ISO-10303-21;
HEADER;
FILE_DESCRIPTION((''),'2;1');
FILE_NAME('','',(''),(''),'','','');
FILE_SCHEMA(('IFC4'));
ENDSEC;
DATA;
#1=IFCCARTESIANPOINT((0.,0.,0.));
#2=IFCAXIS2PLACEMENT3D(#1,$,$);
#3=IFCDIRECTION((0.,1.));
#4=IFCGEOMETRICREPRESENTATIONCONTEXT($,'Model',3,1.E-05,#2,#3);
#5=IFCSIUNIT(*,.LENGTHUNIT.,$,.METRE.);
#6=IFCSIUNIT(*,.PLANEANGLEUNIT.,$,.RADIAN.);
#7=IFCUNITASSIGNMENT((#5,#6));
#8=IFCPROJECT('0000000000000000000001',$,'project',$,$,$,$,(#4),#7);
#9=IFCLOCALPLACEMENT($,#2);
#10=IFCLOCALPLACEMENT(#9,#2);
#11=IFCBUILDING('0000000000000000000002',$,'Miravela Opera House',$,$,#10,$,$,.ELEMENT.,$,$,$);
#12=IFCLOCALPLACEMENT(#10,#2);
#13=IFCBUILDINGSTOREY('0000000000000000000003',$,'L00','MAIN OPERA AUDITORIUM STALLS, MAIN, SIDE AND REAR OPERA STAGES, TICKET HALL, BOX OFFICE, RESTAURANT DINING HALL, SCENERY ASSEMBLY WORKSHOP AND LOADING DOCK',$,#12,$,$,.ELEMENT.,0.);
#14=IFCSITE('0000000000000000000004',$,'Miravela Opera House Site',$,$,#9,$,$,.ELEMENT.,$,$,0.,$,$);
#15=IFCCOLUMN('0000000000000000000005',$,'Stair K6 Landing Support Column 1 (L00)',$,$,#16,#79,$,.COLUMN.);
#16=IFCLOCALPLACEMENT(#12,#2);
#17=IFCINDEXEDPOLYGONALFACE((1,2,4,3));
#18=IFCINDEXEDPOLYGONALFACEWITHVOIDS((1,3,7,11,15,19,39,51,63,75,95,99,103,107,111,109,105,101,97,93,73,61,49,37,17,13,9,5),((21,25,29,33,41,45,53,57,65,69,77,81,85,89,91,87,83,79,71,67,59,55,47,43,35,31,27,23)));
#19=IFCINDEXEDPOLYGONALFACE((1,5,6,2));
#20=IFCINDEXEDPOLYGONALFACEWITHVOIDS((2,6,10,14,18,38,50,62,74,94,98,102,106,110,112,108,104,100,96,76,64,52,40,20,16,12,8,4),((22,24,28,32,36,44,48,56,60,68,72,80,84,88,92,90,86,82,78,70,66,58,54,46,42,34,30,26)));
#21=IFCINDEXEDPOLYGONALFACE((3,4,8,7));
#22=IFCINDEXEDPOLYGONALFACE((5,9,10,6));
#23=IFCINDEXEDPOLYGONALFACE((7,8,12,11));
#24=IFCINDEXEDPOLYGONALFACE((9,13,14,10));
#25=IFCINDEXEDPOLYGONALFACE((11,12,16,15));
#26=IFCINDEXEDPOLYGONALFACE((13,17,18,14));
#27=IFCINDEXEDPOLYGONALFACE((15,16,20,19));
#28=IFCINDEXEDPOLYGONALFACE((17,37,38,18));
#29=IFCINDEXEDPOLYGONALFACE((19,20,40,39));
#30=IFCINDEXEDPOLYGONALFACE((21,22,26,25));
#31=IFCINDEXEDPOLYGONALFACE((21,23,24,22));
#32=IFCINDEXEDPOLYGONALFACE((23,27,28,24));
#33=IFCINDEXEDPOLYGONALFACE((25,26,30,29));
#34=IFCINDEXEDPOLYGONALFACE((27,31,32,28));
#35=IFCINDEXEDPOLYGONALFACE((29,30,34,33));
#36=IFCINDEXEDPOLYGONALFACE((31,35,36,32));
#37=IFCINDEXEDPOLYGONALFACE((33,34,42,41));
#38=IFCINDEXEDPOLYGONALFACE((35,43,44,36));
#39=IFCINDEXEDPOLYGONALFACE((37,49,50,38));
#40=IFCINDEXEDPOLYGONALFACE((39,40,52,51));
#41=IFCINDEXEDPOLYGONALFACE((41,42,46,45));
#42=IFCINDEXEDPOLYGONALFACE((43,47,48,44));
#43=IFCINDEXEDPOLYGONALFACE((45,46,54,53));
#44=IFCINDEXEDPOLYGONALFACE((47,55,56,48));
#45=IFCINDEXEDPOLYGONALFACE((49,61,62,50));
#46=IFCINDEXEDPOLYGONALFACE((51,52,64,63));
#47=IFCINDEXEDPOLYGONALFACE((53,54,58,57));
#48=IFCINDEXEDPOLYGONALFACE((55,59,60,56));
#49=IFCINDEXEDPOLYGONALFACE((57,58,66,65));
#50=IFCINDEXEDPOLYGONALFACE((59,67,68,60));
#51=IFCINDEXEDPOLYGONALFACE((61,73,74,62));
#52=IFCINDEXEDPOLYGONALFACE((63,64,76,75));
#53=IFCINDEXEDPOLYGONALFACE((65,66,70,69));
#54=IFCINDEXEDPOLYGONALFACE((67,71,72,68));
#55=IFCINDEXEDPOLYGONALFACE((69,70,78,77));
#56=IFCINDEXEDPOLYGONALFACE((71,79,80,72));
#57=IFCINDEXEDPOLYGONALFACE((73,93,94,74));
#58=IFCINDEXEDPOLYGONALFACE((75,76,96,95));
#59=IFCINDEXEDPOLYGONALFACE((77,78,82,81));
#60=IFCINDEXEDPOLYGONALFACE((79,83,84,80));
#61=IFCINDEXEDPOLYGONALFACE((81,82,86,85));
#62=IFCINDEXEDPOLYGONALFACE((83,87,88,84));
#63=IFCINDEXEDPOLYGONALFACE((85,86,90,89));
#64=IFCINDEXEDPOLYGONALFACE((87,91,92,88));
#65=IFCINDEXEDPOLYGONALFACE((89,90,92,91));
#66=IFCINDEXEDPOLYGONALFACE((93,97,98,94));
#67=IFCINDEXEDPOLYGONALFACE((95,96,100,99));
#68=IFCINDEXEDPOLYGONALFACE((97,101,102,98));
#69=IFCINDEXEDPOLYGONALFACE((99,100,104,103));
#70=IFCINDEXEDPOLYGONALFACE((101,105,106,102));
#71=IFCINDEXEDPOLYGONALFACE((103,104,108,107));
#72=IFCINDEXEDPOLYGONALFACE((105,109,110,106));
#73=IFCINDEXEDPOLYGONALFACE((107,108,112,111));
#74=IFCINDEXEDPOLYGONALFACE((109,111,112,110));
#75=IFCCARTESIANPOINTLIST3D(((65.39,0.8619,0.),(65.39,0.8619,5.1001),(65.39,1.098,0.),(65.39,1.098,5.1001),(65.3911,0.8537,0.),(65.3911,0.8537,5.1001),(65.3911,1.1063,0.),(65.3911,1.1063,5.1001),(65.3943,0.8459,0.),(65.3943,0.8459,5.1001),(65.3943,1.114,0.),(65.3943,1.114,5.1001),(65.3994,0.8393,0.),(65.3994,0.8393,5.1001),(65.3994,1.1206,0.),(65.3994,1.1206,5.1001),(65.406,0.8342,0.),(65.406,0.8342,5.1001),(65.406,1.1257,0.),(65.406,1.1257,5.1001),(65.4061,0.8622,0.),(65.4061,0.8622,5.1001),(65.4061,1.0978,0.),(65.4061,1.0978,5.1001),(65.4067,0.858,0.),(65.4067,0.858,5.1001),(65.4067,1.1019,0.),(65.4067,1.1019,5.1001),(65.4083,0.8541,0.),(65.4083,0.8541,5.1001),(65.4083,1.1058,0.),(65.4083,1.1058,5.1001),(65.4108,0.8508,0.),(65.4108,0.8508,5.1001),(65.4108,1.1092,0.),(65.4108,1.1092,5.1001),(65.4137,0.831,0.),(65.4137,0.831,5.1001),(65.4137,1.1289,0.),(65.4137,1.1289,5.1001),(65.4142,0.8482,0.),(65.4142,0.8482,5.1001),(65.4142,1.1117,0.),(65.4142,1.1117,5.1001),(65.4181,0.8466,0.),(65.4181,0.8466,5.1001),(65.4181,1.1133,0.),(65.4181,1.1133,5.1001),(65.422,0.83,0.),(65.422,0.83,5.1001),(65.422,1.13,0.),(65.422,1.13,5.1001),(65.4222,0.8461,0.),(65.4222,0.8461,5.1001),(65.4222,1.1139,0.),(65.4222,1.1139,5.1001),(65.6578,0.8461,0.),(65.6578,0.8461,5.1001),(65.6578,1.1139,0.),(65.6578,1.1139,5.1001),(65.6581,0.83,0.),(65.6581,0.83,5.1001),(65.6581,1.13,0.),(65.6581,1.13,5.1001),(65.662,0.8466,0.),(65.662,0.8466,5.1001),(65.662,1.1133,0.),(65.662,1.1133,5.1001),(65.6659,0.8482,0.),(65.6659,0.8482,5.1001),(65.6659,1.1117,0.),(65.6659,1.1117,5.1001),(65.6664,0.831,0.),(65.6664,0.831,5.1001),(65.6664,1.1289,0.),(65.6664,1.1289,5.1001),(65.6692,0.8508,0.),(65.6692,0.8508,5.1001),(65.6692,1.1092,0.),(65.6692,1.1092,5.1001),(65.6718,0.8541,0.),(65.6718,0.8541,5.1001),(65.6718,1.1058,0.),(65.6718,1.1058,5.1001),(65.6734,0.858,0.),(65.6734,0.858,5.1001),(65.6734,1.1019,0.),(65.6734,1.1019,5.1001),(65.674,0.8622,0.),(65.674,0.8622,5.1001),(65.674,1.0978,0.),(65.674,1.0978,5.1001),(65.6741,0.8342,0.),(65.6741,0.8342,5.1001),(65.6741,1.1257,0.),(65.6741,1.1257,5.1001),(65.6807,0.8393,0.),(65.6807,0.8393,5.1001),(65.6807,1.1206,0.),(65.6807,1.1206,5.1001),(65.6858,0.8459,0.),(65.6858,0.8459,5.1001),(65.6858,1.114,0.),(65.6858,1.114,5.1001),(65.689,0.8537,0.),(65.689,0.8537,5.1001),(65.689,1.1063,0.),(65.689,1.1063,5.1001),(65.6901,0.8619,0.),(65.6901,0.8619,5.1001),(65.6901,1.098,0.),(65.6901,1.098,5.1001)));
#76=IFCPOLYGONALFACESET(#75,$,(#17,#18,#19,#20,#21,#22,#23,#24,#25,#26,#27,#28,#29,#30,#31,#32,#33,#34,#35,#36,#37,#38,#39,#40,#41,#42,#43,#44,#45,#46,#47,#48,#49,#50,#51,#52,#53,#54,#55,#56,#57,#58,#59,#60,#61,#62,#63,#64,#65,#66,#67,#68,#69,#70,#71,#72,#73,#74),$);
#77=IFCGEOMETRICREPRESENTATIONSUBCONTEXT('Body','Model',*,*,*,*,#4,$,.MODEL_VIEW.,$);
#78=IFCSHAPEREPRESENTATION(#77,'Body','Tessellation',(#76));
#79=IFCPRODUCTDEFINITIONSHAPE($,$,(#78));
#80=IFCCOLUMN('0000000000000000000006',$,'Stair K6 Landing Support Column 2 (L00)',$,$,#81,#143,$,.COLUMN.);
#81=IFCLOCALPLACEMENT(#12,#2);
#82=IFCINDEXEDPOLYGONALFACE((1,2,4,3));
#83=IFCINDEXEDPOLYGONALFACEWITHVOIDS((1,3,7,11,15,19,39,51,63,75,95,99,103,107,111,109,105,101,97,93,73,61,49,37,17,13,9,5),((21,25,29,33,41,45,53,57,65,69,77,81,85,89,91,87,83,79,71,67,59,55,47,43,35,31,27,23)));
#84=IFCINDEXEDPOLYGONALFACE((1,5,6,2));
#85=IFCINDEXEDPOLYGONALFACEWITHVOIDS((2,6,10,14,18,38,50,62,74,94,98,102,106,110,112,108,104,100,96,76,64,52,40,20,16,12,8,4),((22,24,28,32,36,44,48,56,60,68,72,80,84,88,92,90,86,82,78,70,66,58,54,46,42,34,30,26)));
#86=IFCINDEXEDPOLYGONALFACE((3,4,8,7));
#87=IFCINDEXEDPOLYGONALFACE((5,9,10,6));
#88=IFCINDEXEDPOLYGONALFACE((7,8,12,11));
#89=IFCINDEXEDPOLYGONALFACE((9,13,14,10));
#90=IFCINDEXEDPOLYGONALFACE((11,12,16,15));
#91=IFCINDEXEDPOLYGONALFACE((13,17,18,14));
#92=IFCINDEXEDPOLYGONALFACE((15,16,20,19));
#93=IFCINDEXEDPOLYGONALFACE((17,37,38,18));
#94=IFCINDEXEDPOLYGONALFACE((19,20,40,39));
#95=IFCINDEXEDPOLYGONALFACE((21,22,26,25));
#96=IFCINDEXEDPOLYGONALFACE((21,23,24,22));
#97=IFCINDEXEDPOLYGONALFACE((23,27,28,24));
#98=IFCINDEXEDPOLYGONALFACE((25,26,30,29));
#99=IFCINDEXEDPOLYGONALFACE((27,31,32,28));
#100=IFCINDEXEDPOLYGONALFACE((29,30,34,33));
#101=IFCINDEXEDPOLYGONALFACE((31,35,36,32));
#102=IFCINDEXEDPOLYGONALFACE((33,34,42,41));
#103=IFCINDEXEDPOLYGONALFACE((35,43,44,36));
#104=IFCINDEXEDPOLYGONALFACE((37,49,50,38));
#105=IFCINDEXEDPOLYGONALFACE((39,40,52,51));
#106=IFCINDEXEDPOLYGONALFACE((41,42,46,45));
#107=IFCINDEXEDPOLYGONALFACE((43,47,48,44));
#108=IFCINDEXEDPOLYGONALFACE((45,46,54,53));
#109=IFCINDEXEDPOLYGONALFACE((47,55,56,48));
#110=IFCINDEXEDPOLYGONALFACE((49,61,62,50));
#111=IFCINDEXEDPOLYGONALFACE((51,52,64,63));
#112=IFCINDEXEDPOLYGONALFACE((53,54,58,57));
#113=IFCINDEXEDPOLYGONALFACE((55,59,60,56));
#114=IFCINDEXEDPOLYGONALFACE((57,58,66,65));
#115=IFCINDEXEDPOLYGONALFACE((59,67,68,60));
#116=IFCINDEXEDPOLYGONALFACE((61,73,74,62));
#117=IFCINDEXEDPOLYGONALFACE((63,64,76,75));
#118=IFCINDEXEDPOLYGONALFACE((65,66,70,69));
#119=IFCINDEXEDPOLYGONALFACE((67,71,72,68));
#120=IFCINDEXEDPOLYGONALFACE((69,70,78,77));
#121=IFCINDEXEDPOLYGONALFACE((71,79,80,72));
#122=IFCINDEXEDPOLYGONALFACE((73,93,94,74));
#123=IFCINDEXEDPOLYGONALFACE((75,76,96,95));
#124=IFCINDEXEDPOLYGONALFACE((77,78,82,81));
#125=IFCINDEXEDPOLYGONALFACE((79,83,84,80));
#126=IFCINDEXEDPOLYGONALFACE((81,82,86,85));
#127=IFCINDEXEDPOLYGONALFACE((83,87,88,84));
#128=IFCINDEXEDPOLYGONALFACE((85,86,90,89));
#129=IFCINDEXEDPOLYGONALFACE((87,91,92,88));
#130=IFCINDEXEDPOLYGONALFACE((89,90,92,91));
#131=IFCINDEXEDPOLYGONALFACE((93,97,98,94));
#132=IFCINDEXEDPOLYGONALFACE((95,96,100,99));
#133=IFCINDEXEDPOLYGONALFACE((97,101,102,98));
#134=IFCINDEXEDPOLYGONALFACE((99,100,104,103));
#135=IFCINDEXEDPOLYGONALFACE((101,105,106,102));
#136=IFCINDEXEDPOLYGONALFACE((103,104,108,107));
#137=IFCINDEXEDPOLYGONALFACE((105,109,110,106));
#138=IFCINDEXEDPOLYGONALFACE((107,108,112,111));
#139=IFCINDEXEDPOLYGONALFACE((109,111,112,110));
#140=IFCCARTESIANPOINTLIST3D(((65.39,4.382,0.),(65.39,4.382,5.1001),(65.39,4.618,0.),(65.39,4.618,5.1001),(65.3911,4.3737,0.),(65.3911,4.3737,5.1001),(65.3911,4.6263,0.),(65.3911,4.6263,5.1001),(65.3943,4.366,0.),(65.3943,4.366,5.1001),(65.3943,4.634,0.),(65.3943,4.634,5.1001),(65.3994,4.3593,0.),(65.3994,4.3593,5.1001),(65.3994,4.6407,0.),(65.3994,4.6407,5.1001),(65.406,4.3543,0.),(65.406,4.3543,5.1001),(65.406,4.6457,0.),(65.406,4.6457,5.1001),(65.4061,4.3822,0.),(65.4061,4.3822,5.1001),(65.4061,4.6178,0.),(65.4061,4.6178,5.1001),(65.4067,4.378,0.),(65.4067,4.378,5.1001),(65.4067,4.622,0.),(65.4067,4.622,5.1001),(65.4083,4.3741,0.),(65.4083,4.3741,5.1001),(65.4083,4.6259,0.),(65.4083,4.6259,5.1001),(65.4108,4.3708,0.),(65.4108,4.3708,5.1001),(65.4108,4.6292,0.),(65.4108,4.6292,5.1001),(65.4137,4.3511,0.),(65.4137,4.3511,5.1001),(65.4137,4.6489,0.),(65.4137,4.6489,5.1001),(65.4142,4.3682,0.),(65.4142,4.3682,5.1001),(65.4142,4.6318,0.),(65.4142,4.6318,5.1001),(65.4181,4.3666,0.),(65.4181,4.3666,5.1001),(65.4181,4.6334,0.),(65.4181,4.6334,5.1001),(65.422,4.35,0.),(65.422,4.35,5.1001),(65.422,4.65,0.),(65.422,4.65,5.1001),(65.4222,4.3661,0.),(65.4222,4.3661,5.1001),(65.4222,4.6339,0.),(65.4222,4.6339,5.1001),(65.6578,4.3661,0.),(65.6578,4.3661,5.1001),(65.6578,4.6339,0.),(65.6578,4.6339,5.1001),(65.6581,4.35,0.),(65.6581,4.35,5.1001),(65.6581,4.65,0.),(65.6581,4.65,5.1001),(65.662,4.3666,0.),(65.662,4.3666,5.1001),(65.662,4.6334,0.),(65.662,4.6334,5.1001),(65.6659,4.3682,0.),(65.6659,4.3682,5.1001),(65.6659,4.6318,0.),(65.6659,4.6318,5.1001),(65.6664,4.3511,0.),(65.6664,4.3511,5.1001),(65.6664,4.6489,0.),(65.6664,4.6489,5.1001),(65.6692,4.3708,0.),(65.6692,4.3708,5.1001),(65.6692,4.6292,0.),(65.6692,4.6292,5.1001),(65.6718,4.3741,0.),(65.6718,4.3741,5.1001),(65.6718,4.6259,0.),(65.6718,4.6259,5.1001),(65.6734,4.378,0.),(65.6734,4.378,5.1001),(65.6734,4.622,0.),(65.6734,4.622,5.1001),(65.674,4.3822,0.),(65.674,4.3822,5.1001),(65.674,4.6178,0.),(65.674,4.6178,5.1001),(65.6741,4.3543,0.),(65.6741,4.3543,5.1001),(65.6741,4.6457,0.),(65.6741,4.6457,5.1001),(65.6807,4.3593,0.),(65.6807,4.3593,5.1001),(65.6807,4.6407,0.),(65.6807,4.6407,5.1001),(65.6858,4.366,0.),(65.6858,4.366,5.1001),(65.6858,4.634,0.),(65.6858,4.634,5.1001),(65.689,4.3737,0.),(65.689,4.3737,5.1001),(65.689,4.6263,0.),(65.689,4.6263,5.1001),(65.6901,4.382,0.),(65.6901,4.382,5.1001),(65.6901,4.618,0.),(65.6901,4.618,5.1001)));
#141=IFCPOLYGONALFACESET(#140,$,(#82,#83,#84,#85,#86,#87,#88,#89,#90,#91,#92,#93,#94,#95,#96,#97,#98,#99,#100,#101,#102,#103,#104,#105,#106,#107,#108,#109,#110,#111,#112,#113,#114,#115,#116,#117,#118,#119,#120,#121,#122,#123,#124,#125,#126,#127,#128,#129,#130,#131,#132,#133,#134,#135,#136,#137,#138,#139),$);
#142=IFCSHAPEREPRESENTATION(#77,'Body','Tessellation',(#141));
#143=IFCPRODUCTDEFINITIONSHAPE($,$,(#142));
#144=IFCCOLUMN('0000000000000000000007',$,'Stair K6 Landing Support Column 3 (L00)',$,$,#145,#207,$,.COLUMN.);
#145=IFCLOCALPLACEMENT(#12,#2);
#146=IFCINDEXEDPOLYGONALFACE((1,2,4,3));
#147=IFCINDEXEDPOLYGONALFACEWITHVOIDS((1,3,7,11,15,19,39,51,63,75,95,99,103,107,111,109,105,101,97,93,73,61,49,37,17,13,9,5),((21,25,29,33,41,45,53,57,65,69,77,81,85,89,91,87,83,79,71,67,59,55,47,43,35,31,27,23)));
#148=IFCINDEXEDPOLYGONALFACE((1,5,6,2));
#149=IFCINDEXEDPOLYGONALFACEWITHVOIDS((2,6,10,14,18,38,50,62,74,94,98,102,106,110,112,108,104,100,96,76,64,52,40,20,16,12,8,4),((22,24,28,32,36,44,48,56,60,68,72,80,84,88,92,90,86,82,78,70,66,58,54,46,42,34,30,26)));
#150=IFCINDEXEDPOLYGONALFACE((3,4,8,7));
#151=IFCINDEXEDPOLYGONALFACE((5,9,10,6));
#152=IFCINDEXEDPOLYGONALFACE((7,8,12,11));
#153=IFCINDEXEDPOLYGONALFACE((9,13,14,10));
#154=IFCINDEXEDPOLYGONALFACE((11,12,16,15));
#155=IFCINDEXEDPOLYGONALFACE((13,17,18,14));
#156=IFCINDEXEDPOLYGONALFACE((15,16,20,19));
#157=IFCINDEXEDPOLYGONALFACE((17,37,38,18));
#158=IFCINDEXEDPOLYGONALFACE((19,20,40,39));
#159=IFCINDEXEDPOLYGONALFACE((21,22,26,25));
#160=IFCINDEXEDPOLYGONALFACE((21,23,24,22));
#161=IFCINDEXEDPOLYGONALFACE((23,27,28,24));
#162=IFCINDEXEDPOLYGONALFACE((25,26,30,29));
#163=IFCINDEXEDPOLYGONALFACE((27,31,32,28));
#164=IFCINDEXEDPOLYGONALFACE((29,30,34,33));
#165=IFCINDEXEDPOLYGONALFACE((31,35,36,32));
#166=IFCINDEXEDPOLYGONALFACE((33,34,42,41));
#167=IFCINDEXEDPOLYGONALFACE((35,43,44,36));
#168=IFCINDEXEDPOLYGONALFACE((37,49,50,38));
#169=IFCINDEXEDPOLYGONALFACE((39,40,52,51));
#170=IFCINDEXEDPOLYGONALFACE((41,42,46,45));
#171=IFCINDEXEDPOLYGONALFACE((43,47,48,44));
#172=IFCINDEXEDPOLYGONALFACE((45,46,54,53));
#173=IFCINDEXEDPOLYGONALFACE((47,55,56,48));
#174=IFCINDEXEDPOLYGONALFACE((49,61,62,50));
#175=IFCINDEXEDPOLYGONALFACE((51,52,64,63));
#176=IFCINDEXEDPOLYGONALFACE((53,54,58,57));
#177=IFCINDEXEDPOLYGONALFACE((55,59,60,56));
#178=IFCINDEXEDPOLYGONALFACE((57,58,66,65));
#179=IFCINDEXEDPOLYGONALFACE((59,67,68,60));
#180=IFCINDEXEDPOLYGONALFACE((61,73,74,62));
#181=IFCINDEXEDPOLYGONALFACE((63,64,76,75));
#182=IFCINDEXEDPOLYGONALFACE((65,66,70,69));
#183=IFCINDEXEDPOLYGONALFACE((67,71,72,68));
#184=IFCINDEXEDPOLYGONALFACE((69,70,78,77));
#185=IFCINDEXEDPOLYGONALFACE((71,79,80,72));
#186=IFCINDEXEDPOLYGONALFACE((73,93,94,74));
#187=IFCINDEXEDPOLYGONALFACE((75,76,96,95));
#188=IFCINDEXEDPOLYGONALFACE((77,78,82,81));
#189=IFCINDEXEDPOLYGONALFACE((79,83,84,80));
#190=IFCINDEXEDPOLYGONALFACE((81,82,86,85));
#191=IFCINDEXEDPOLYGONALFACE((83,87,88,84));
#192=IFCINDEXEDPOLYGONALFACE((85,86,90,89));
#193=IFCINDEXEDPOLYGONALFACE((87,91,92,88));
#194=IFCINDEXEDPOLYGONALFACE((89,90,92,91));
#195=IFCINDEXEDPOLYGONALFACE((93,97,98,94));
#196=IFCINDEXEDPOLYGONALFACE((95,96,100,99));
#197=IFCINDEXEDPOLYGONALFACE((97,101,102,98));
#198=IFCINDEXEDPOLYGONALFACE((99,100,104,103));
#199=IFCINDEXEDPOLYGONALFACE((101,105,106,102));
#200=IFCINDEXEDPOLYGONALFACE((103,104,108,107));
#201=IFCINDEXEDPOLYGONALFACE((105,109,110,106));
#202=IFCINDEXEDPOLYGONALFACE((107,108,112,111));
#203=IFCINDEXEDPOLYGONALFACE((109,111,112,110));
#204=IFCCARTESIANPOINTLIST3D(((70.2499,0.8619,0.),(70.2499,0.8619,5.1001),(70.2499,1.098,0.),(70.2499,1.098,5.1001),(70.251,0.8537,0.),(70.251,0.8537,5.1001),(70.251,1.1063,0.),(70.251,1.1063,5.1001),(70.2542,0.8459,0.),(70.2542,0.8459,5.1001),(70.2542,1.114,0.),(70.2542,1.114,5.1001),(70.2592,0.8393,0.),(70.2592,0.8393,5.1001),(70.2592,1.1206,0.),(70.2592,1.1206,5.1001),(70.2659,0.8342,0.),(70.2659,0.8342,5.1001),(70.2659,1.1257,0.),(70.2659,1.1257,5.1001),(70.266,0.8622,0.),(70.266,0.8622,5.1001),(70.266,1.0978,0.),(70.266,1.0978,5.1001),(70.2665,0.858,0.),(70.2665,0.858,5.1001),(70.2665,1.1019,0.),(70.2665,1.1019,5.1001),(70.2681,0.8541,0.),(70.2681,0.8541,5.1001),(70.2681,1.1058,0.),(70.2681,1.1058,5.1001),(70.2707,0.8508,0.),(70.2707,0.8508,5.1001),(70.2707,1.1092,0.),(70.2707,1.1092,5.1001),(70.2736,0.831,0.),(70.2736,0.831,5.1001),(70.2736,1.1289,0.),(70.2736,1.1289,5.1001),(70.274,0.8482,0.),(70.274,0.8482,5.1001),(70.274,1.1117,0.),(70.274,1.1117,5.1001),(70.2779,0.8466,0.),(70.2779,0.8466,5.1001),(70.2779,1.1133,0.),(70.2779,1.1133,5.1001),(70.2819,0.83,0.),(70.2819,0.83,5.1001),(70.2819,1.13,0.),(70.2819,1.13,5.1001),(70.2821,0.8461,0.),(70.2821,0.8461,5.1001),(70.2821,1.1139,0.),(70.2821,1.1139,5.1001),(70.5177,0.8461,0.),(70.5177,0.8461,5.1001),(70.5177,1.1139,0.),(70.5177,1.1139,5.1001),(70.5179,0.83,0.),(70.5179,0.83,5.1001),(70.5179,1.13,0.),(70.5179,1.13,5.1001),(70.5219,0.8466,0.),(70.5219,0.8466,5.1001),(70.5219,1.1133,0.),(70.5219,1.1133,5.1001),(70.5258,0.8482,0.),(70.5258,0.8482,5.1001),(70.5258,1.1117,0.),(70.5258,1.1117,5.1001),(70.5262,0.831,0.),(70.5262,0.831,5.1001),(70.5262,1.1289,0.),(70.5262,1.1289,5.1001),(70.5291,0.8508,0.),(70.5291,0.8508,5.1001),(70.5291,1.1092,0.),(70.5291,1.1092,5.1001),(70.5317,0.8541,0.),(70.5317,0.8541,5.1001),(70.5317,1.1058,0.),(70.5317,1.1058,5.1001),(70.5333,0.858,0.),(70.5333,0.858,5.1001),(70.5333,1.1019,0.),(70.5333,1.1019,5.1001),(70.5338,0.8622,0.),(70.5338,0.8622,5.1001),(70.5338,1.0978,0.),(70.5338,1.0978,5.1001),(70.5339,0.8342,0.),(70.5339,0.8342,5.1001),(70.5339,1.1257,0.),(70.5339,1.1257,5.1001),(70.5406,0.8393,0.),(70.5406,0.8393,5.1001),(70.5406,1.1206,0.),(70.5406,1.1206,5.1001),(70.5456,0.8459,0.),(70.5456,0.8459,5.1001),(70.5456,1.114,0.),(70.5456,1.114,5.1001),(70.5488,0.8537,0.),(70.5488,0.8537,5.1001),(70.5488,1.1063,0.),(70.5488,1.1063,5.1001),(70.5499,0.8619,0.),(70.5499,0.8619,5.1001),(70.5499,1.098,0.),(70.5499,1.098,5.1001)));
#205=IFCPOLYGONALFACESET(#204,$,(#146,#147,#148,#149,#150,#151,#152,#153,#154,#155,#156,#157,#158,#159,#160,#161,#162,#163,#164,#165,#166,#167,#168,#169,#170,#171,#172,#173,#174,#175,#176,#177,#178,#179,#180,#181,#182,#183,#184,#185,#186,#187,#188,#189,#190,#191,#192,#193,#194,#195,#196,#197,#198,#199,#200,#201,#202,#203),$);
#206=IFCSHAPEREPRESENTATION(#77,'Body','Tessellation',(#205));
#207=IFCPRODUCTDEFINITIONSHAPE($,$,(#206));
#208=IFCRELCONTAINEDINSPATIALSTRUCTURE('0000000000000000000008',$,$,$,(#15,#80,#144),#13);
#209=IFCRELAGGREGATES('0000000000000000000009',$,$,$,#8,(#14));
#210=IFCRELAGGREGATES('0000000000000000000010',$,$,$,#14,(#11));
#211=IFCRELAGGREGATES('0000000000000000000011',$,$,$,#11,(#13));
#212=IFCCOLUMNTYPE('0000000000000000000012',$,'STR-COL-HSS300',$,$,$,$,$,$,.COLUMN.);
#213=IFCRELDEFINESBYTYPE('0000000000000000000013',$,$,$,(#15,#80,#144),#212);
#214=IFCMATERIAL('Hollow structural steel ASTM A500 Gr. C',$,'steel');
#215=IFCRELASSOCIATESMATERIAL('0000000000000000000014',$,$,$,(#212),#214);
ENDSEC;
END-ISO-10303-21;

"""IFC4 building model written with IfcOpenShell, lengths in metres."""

from ifc_helpers import new_model, si_unit, direction, frame, origin, origin_2d, place, context, subcontext, project, spatial, hollow_rectangle, extrude, material, material_profile, profile_set, type_object, element, save


model = new_model("IFC4")

# Units and contexts
model_context = context("Model", 3, precision=1e-05, world=origin(), true_north=direction((0.0, 1.0)))
body_context = subcontext(model_context, "Body", "Model", "MODEL_VIEW")
ifc_project = project(units=[si_unit("LENGTHUNIT", "METRE"), si_unit("PLANEANGLEUNIT", "RADIAN")], contexts=[model_context])

# Site, building, storey
site_placement = place(None, origin())
site = spatial("IfcSite", under=ifc_project, at=site_placement, Name="Miravela Opera House Site", CompositionType="ELEMENT", RefElevation=0.0)
building_placement = place(site_placement, origin())
building = spatial("IfcBuilding", under=site, at=building_placement, Name="Miravela Opera House", CompositionType="ELEMENT")
storey_placement = place(building_placement, origin())
storey = spatial("IfcBuildingStorey", under=building, at=storey_placement, Name="L00", Description="MAIN OPERA AUDITORIUM STALLS, MAIN, SIDE AND REAR OPERA STAGES, TICKET HALL, BOX OFFICE, RESTAURANT DINING HALL, SCENERY ASSEMBLY WORKSHOP AND LOADING DOCK", CompositionType="ELEMENT", Elevation=0.0)

# Columns
ifc_material_1 = material(Name="Hollow structural steel ASTM A500 Gr. C", Category="steel")
ifc_material_profile_1 = material_profile(ifc_material_1, hollow_rectangle(XDim=0.3, YDim=0.3, WallThickness=0.0161, InnerFilletRadius=0.0161, OuterFilletRadius=0.032, at=origin_2d()), Name="HSS300X300X16")
ifc_profile_set_1 = profile_set([ifc_material_profile_1])
column_type_1 = type_object("IfcColumnType", Name="STR-COL-HSS300", PredefinedType="COLUMN", material=ifc_profile_set_1)
for number, where, z_axis, x_axis, name in (
    (1, (65.54, 0.98, 0.0), (0.0, 0.0, 1.0), (1.0, 0.0, 0.0), "Stair K6 Landing Support Column 1 (L00)"),
    (2, (65.54, 4.5, 0.0), (0.0, 0.0, 1.0), (1.0, 0.0, 0.0), "Stair K6 Landing Support Column 2 (L00)"),
    (3, (70.3999, 0.98, 0.0), (0.0, 0.0, 1.0), (1.0, 0.0, 0.0), "Stair K6 Landing Support Column 3 (L00)"),
):
    element("IfcColumn", number, at=place(storey_placement, frame(where, z_axis=z_axis, x_axis=x_axis)), inside=storey, type_object=column_type_1, Name=name, PredefinedType="COLUMN", context=body_context, shape_type="SweptSolid", body=[
        extrude(hollow_rectangle(XDim=0.3, YDim=0.3, WallThickness=0.0161, InnerFilletRadius=0.0161, OuterFilletRadius=0.032, at=origin_2d()), origin(), (0.0, 0.0, 1.0), 5.1001),
    ])

save(model, "model.ifc")
